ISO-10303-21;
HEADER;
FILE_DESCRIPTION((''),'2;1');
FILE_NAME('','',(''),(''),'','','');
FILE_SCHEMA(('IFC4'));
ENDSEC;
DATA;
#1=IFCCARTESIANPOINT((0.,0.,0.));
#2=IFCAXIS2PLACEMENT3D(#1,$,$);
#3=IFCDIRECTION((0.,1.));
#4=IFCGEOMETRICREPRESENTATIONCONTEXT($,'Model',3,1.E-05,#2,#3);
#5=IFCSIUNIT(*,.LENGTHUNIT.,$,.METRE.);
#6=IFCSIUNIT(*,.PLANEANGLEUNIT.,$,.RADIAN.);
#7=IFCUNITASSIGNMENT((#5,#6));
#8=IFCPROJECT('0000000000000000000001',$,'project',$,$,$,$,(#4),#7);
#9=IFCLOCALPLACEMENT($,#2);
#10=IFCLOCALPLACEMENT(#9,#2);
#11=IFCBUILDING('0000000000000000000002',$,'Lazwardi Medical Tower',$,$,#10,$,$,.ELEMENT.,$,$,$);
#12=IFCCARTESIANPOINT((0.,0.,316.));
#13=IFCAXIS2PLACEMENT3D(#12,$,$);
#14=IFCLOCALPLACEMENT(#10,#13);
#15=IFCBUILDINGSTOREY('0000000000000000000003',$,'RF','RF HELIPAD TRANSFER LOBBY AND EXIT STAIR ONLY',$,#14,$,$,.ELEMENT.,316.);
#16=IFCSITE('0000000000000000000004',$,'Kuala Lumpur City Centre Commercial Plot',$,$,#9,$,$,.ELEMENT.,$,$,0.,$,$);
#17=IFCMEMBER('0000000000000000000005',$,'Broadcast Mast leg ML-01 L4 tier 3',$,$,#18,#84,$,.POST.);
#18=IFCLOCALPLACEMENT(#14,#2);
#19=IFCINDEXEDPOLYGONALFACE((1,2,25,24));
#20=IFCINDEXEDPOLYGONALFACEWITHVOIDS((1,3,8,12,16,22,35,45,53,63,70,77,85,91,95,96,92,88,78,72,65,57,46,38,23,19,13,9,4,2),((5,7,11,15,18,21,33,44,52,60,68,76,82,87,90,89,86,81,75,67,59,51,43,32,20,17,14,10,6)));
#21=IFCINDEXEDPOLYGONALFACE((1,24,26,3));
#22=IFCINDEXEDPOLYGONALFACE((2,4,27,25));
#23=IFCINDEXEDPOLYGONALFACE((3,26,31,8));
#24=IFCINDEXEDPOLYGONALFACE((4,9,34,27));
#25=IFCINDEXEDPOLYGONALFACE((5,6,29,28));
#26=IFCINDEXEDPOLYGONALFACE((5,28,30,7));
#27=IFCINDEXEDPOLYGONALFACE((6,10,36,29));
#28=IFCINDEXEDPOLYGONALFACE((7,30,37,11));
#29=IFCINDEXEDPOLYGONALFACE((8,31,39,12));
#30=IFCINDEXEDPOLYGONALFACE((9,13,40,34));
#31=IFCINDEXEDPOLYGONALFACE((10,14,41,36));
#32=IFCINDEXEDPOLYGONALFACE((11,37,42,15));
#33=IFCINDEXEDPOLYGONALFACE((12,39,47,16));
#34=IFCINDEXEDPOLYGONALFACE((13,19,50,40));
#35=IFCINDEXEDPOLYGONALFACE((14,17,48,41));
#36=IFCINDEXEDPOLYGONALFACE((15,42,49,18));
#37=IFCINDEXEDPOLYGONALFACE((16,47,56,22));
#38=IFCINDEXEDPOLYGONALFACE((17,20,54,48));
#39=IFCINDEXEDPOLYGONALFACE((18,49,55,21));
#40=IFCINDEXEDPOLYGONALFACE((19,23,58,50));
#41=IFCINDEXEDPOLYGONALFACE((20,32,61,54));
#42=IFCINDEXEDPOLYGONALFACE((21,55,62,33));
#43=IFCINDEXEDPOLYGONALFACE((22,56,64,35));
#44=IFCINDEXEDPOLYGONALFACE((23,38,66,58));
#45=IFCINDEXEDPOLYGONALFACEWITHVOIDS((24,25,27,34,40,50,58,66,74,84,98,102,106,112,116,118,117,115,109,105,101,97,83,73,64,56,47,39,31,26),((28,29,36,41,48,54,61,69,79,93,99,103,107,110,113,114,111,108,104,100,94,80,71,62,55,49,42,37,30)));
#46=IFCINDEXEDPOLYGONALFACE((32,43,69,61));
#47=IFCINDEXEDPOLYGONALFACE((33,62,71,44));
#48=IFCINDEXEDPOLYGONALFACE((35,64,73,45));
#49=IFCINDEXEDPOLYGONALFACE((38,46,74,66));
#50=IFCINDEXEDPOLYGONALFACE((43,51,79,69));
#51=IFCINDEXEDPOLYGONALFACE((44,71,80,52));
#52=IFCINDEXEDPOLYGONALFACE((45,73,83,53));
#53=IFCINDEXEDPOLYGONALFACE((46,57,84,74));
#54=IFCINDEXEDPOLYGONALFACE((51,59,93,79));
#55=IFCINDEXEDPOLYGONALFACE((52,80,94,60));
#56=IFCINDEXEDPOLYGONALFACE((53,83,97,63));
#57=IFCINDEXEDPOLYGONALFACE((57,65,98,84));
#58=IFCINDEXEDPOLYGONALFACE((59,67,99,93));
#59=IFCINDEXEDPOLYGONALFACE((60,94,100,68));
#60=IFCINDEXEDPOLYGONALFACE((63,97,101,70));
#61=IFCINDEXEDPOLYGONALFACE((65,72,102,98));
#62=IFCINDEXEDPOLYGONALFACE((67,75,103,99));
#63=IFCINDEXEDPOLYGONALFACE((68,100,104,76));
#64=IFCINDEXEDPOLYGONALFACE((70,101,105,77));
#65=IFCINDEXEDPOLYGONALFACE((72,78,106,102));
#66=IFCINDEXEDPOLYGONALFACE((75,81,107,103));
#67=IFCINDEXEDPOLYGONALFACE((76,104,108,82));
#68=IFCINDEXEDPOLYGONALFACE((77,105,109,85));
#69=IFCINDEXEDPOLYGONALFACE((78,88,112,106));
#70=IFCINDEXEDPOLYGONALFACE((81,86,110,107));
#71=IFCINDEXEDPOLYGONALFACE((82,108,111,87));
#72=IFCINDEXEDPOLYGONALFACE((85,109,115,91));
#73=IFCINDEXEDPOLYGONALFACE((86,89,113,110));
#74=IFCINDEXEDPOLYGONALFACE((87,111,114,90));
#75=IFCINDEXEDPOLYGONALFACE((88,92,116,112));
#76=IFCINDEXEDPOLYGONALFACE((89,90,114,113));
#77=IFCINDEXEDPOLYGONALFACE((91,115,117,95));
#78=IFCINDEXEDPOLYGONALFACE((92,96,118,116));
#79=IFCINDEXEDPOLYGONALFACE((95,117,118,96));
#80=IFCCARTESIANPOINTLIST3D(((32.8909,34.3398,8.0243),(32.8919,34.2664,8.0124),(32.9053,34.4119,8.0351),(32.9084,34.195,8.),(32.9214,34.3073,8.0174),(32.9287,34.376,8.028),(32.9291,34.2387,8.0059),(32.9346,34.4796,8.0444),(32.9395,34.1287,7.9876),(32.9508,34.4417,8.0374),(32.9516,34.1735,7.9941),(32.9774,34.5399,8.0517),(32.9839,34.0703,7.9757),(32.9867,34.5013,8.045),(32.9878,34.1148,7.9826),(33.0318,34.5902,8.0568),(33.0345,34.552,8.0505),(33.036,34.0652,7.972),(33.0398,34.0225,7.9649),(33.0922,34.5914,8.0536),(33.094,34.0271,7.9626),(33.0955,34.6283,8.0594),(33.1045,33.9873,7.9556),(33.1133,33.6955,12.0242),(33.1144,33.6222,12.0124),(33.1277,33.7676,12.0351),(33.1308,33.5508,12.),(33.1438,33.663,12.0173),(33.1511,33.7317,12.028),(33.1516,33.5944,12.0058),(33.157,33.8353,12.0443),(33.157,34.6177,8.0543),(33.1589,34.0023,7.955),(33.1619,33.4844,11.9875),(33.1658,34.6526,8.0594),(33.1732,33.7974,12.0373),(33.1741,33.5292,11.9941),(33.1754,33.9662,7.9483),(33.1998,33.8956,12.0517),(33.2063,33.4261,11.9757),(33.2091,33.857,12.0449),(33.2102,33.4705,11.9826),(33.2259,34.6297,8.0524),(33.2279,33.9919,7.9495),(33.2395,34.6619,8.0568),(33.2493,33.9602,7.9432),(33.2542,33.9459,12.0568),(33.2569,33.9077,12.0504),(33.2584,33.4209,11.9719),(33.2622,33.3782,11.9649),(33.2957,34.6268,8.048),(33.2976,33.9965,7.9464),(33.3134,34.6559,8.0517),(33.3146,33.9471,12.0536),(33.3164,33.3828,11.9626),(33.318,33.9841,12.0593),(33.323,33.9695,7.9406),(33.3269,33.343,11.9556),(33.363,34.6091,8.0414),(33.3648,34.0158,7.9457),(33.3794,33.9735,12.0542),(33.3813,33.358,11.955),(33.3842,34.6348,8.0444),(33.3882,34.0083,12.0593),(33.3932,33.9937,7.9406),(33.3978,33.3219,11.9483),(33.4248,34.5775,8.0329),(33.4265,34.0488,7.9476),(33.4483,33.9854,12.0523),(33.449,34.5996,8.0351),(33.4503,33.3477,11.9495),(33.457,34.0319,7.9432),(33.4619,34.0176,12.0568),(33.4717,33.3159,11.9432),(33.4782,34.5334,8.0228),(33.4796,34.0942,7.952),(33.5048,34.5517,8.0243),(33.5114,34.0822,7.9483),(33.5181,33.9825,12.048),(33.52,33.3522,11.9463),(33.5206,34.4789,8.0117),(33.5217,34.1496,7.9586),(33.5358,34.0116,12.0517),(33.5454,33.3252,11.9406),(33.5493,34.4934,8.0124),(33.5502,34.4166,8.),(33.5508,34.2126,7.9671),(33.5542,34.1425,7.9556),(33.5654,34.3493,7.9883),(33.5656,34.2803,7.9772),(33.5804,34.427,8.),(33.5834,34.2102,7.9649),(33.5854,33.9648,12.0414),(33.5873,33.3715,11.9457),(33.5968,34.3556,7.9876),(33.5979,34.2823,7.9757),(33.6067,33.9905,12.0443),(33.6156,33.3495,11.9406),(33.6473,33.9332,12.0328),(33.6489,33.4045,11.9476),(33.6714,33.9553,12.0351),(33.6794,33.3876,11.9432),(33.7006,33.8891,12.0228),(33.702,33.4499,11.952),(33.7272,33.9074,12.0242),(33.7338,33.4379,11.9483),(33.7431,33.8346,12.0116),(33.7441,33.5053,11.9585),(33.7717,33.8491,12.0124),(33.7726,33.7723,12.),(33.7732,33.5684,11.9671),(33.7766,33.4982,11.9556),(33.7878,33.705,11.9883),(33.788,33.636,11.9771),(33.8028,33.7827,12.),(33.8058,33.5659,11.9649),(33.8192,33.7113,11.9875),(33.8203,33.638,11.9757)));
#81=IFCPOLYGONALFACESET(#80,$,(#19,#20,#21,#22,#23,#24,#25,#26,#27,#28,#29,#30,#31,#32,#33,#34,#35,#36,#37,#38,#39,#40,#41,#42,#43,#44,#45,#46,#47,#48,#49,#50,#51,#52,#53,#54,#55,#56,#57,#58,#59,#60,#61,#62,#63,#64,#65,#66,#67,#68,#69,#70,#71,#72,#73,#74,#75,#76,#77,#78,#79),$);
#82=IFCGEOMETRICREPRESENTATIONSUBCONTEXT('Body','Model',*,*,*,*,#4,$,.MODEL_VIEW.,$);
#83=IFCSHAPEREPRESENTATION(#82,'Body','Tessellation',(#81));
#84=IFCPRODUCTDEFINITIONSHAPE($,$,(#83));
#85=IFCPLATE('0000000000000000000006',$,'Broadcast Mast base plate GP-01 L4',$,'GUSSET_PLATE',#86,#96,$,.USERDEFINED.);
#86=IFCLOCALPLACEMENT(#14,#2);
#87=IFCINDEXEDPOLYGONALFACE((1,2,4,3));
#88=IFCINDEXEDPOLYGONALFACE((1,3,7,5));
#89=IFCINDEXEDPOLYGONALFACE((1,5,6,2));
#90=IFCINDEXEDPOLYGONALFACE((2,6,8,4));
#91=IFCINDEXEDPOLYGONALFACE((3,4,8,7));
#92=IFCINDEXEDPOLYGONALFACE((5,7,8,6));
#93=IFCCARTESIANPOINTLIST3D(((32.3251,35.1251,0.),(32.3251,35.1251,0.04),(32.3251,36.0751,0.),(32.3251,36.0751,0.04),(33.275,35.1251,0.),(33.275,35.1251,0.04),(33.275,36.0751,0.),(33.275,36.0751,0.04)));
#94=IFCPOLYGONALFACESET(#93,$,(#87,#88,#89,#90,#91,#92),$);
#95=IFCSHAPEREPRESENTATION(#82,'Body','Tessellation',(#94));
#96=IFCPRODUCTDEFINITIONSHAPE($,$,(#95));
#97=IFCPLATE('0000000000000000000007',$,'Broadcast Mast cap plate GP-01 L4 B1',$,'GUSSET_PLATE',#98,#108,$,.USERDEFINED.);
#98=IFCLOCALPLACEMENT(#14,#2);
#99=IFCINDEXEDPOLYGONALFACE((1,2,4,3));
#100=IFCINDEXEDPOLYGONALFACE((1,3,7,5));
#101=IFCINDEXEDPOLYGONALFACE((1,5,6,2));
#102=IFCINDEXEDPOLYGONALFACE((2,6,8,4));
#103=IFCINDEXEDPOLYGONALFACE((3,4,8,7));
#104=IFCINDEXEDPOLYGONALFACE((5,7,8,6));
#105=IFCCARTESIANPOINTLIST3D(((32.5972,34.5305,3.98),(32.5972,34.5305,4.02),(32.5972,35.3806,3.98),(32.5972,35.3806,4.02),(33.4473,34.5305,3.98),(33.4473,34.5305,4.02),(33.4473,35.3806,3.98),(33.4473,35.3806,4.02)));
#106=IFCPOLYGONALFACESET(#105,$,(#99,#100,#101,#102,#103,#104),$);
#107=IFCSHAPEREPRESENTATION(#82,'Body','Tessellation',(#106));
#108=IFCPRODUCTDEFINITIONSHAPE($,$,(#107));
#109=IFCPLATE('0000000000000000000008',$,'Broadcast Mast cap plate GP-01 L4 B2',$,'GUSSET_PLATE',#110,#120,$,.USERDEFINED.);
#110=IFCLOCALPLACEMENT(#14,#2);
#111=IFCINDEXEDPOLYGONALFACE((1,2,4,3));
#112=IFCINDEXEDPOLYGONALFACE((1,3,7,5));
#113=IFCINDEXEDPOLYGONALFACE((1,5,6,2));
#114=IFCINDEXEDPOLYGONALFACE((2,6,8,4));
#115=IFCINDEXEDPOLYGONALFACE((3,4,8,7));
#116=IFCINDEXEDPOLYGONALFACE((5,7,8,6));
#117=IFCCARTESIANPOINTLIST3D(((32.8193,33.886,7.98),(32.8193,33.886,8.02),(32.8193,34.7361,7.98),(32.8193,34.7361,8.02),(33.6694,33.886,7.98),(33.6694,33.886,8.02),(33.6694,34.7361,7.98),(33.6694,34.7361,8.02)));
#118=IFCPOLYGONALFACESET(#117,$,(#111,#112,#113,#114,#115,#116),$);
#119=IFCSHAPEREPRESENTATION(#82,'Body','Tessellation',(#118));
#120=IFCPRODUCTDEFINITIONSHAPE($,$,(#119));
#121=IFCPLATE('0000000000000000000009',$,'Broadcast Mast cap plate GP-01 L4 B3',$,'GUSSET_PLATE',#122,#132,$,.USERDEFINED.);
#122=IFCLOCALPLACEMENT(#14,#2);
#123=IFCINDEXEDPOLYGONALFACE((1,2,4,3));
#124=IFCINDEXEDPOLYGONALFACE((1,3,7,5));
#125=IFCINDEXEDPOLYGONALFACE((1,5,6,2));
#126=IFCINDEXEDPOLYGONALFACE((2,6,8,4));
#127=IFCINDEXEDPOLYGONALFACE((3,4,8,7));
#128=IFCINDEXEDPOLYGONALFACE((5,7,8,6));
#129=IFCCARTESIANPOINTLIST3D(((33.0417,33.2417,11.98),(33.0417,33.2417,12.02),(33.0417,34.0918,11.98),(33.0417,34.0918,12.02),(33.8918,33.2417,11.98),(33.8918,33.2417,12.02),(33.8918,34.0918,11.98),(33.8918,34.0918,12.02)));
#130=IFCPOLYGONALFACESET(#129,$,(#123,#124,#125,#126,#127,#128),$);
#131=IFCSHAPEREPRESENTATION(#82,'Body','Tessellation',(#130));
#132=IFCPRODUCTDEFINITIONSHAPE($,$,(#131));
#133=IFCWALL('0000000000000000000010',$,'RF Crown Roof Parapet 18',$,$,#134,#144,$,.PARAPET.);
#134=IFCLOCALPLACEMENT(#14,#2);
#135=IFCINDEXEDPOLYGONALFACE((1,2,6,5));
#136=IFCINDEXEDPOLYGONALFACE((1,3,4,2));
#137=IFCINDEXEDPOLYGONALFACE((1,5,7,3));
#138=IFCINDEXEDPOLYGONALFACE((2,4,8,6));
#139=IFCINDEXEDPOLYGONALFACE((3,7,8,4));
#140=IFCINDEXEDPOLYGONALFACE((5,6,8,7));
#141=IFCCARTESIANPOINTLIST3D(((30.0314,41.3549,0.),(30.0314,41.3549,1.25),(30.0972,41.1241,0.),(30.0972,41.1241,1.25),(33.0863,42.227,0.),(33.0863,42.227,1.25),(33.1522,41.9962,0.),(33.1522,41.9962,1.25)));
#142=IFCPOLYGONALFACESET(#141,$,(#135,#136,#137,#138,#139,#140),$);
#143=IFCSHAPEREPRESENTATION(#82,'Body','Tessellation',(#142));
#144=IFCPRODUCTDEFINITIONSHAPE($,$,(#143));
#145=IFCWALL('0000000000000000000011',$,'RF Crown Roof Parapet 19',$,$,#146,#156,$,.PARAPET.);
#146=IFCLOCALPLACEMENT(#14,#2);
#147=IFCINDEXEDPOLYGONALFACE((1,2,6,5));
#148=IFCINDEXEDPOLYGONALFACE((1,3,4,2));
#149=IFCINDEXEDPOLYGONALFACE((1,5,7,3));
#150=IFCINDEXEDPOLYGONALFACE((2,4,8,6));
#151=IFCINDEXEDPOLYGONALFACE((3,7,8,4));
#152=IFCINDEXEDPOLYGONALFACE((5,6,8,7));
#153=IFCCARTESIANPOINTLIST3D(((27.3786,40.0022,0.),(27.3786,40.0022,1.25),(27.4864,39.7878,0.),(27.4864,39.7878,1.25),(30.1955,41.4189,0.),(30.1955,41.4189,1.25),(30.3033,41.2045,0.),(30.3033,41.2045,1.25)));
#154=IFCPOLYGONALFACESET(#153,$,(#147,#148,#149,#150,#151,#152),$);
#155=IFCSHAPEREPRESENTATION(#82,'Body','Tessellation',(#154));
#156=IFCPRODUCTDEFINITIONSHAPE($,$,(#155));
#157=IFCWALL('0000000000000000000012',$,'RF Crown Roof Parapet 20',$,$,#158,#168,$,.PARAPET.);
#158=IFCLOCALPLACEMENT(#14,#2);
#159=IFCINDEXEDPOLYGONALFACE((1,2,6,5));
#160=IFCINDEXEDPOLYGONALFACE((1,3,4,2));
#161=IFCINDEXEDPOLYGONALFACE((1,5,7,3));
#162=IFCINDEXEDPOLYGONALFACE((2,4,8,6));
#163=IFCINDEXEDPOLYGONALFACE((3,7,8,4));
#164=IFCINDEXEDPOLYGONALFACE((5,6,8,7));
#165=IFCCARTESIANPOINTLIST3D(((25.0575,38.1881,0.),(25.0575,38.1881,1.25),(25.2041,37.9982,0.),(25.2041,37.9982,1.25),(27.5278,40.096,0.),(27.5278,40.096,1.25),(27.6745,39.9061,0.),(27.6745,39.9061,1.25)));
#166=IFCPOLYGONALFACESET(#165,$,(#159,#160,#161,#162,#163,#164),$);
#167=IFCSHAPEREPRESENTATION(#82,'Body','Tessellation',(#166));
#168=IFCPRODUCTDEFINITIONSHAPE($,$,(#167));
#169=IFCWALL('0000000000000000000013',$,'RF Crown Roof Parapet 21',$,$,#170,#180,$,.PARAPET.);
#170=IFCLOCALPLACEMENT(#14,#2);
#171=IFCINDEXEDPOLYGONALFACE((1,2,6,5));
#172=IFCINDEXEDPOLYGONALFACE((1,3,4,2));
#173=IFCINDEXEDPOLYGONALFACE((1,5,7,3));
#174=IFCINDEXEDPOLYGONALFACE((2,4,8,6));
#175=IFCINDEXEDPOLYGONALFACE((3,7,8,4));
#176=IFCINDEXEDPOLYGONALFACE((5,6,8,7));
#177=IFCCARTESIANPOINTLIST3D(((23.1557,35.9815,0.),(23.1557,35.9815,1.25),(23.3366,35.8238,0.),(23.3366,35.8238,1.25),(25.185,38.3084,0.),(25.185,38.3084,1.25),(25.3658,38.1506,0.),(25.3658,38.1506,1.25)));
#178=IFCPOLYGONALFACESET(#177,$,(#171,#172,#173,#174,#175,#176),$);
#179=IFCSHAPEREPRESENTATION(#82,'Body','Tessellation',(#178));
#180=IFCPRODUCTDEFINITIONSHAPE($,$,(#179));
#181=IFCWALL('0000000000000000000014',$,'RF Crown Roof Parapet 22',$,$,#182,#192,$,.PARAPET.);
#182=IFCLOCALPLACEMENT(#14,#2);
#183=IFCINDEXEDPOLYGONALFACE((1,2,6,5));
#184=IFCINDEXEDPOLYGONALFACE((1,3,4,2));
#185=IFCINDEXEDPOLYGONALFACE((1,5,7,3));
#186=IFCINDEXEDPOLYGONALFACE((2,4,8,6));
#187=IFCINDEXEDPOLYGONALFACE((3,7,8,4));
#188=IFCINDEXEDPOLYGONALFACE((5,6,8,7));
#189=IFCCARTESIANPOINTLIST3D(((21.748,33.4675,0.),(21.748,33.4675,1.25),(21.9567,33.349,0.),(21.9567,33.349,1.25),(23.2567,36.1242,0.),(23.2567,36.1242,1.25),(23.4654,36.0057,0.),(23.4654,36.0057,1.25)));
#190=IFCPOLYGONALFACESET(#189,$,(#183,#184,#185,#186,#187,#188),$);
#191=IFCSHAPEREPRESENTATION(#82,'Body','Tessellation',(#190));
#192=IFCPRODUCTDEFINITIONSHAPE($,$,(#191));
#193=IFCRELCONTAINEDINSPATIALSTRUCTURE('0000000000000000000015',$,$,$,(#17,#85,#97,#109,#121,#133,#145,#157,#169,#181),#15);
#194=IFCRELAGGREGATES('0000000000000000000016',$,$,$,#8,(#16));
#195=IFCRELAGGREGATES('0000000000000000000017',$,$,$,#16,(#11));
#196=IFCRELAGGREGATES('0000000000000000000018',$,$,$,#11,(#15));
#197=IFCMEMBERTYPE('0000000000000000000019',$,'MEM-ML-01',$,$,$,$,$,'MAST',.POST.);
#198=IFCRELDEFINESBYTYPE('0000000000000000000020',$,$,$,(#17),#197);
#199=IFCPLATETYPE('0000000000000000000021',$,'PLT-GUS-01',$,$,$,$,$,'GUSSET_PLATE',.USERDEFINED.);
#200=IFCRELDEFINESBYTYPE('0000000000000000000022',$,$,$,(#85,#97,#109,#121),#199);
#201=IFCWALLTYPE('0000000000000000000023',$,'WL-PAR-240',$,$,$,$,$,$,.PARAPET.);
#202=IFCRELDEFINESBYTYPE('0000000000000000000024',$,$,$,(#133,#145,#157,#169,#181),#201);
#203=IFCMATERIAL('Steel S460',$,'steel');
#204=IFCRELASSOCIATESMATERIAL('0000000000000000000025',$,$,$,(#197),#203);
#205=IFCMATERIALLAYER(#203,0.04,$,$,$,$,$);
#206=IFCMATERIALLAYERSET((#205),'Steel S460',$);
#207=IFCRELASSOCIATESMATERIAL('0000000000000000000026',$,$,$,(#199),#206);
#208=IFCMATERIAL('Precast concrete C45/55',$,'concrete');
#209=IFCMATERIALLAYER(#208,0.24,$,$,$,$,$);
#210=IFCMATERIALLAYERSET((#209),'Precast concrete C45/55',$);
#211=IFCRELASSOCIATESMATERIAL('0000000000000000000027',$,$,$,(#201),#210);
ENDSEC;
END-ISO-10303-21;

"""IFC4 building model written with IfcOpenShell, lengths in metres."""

from ifc_helpers import new_model, si_unit, direction, frame, frame_2d, origin, origin_2d, place, context, subcontext, project, spatial, rectangle, hollow_circle, extrude, material, layer, layer_set, material_profile, profile_set, type_object, element, save


model = new_model("IFC4")

# Units and contexts
model_context = context("Model", 3, precision=1e-05, world=origin(), true_north=direction((0.0, 1.0)))
body_context = subcontext(model_context, "Body", "Model", "MODEL_VIEW")
ifc_project = project(units=[si_unit("LENGTHUNIT", "METRE"), si_unit("PLANEANGLEUNIT", "RADIAN")], contexts=[model_context])

# Site, building, storey
site_placement = place(None, origin())
site = spatial("IfcSite", under=ifc_project, at=site_placement, Name="Kuala Lumpur City Centre Commercial Plot", CompositionType="ELEMENT", RefElevation=0.0)
building_placement = place(site_placement, origin())
building = spatial("IfcBuilding", under=site, at=building_placement, Name="Lazwardi Medical Tower", CompositionType="ELEMENT")
storey_placement = place(building_placement, frame((0.0, 0.0, 316.0)))
storey = spatial("IfcBuildingStorey", under=building, at=storey_placement, Name="RF", Description="RF HELIPAD TRANSFER LOBBY AND EXIT STAIR ONLY", CompositionType="ELEMENT", Elevation=316.0)

# Member
ifc_material_1 = material(Name="Steel S460", Category="steel")
ifc_material_profile_1 = material_profile(ifc_material_1, hollow_circle(Radius=0.3555, WallThickness=0.032, at=origin_2d()), Name="CHS 711x32")
ifc_profile_set_1 = profile_set([ifc_material_profile_1], Name="Steel S460")
member_type_1 = type_object("IfcMemberType", Name="MEM-ML-01", ElementType="MAST", PredefinedType="POST", material=ifc_profile_set_1)
for number, where, z_axis, x_axis, name in (
    (1, (33.2444, 34.311, 8.0), (0.054813, -0.158783, 0.985791), (0.945263, 0.326311, 0.0), "Broadcast Mast leg ML-01 L4 tier 3"),
):
    element("IfcMember", number, at=place(storey_placement, frame(where, z_axis=z_axis, x_axis=x_axis)), inside=storey, type_object=member_type_1, Name=name, PredefinedType="POST", context=body_context, shape_type="SweptSolid", body=[
        extrude(hollow_circle(Radius=0.3555, WallThickness=0.032, at=origin_2d()), origin(), (0.0, 0.0, 1.0), 4.0576),
    ])

# Plates
ifc_layer_1 = layer(ifc_material_1, 0.04)
ifc_layer_set_1 = layer_set([ifc_layer_1], Name="Steel S460")
plate_type = type_object("IfcPlateType", Name="PLT-GUS-01", ElementType="GUSSET_PLATE", PredefinedType="USERDEFINED", material=ifc_layer_set_1)
plate_placement = place(storey_placement, frame((32.8, 35.6001, 0.0), z_axis=(0.0, 0.0, 1.0), x_axis=(1.0, 0.0, 0.0)))
element("IfcPlate", 2, at=plate_placement, inside=storey, type_object=plate_type, Name="Broadcast Mast base plate GP-01 L4", ObjectType="GUSSET_PLATE", PredefinedType="USERDEFINED", context=body_context, shape_type="SweptSolid", body=[
    extrude(rectangle(XDim=0.95, YDim=0.95, at=origin_2d()), origin(), (0.0, 0.0, 1.0), 0.04),
])
for number, where, z_axis, x_axis, name in (
    (3, (33.0222, 34.9556, 3.98), (0.0, 0.0, 1.0), (1.0, 0.0, 0.0), "Broadcast Mast cap plate GP-01 L4 B1"),
    (4, (33.2444, 34.311, 7.98), (0.0, 0.0, 1.0), (1.0, 0.0, 0.0), "Broadcast Mast cap plate GP-01 L4 B2"),
    (5, (33.4668, 33.6667, 11.98), (0.0, 0.0, 1.0), (1.0, 0.0, 0.0), "Broadcast Mast cap plate GP-01 L4 B3"),
):
    element("IfcPlate", number, at=place(storey_placement, frame(where, z_axis=z_axis, x_axis=x_axis)), inside=storey, type_object=plate_type, Name=name, ObjectType="GUSSET_PLATE", PredefinedType="USERDEFINED", context=body_context, shape_type="SweptSolid", body=[
        extrude(rectangle(XDim=0.8501, YDim=0.8501, at=origin_2d()), origin(), (0.0, 0.0, 1.0), 0.04),
    ])

# Walls
ifc_material_2 = material(Name="Precast concrete C45/55", Category="concrete")
ifc_layer_2 = layer(ifc_material_2, 0.24)
ifc_layer_set_2 = layer_set([ifc_layer_2], Name="Precast concrete C45/55")
wall_type_1 = type_object("IfcWallType", Name="WL-PAR-240", PredefinedType="PARAPET", material=ifc_layer_set_2)
wall_1_placement = place(storey_placement, frame((33.1191, 42.1116, 0.0), z_axis=(0.0, 0.0, 1.0), x_axis=(-0.961588, -0.274498, 0.0)))
element("IfcWall", 6, at=wall_1_placement, inside=storey, type_object=wall_type_1, Name="RF Crown Roof Parapet 18", PredefinedType="PARAPET", context=body_context, shape_type="SweptSolid", body=[
    extrude(rectangle(XDim=3.177, YDim=0.24, at=frame_2d((1.5884, 0.0))), origin(), (0.0, 0.0, 1.0), 1.25),
])
wall_2_placement = place(storey_placement, frame((30.2495, 41.3118, 0.0), z_axis=(0.0, 0.0, 1.0), x_axis=(-0.893372, -0.449318, 0.0)))
element("IfcWall", 7, at=wall_2_placement, inside=storey, type_object=wall_type_1, Name="RF Crown Roof Parapet 19", PredefinedType="PARAPET", context=body_context, shape_type="SweptSolid", body=[
    extrude(rectangle(XDim=3.1531, YDim=0.24, at=frame_2d((1.5767, 0.0))), origin(), (0.0, 0.0, 1.0), 1.25),
])
wall_3_placement = place(storey_placement, frame((27.6011, 40.001, 0.0), z_axis=(0.0, 0.0, 1.0), x_axis=(-0.791445, -0.61124, 0.0)))
element("IfcWall", 8, at=wall_3_placement, inside=storey, type_object=wall_type_1, Name="RF Crown Roof Parapet 20", PredefinedType="PARAPET", context=body_context, shape_type="SweptSolid", body=[
    extrude(rectangle(XDim=3.1213, YDim=0.24, at=frame_2d((1.5605, 0.0))), origin(), (0.0, 0.0, 1.0), 1.25),
])
wall_4_placement = place(storey_placement, frame((25.2754, 38.2295, 0.0), z_axis=(0.0, 0.0, 1.0), x_axis=(-0.657267, -0.753658, 0.0)))
element("IfcWall", 9, at=wall_4_placement, inside=storey, type_object=wall_type_1, Name="RF Crown Roof Parapet 21", PredefinedType="PARAPET", context=body_context, shape_type="SweptSolid", body=[
    extrude(rectangle(XDim=3.0874, YDim=0.24, at=frame_2d((1.5437, 0.0))), origin(), (0.0, 0.0, 1.0), 1.25),
])
wall_5_placement = place(storey_placement, frame((23.3611, 36.0649, 0.0), z_axis=(0.0, 0.0, 1.0), x_axis=(-0.493831, -0.869558, 0.0)))
element("IfcWall", 10, at=wall_5_placement, inside=storey, type_object=wall_type_1, Name="RF Crown Roof Parapet 22", PredefinedType="PARAPET", context=body_context, shape_type="SweptSolid", body=[
    extrude(rectangle(XDim=3.0552, YDim=0.24, at=frame_2d((1.5276, 0.0))), origin(), (0.0, 0.0, 1.0), 1.25),
])

save(model, "model.ifc")
